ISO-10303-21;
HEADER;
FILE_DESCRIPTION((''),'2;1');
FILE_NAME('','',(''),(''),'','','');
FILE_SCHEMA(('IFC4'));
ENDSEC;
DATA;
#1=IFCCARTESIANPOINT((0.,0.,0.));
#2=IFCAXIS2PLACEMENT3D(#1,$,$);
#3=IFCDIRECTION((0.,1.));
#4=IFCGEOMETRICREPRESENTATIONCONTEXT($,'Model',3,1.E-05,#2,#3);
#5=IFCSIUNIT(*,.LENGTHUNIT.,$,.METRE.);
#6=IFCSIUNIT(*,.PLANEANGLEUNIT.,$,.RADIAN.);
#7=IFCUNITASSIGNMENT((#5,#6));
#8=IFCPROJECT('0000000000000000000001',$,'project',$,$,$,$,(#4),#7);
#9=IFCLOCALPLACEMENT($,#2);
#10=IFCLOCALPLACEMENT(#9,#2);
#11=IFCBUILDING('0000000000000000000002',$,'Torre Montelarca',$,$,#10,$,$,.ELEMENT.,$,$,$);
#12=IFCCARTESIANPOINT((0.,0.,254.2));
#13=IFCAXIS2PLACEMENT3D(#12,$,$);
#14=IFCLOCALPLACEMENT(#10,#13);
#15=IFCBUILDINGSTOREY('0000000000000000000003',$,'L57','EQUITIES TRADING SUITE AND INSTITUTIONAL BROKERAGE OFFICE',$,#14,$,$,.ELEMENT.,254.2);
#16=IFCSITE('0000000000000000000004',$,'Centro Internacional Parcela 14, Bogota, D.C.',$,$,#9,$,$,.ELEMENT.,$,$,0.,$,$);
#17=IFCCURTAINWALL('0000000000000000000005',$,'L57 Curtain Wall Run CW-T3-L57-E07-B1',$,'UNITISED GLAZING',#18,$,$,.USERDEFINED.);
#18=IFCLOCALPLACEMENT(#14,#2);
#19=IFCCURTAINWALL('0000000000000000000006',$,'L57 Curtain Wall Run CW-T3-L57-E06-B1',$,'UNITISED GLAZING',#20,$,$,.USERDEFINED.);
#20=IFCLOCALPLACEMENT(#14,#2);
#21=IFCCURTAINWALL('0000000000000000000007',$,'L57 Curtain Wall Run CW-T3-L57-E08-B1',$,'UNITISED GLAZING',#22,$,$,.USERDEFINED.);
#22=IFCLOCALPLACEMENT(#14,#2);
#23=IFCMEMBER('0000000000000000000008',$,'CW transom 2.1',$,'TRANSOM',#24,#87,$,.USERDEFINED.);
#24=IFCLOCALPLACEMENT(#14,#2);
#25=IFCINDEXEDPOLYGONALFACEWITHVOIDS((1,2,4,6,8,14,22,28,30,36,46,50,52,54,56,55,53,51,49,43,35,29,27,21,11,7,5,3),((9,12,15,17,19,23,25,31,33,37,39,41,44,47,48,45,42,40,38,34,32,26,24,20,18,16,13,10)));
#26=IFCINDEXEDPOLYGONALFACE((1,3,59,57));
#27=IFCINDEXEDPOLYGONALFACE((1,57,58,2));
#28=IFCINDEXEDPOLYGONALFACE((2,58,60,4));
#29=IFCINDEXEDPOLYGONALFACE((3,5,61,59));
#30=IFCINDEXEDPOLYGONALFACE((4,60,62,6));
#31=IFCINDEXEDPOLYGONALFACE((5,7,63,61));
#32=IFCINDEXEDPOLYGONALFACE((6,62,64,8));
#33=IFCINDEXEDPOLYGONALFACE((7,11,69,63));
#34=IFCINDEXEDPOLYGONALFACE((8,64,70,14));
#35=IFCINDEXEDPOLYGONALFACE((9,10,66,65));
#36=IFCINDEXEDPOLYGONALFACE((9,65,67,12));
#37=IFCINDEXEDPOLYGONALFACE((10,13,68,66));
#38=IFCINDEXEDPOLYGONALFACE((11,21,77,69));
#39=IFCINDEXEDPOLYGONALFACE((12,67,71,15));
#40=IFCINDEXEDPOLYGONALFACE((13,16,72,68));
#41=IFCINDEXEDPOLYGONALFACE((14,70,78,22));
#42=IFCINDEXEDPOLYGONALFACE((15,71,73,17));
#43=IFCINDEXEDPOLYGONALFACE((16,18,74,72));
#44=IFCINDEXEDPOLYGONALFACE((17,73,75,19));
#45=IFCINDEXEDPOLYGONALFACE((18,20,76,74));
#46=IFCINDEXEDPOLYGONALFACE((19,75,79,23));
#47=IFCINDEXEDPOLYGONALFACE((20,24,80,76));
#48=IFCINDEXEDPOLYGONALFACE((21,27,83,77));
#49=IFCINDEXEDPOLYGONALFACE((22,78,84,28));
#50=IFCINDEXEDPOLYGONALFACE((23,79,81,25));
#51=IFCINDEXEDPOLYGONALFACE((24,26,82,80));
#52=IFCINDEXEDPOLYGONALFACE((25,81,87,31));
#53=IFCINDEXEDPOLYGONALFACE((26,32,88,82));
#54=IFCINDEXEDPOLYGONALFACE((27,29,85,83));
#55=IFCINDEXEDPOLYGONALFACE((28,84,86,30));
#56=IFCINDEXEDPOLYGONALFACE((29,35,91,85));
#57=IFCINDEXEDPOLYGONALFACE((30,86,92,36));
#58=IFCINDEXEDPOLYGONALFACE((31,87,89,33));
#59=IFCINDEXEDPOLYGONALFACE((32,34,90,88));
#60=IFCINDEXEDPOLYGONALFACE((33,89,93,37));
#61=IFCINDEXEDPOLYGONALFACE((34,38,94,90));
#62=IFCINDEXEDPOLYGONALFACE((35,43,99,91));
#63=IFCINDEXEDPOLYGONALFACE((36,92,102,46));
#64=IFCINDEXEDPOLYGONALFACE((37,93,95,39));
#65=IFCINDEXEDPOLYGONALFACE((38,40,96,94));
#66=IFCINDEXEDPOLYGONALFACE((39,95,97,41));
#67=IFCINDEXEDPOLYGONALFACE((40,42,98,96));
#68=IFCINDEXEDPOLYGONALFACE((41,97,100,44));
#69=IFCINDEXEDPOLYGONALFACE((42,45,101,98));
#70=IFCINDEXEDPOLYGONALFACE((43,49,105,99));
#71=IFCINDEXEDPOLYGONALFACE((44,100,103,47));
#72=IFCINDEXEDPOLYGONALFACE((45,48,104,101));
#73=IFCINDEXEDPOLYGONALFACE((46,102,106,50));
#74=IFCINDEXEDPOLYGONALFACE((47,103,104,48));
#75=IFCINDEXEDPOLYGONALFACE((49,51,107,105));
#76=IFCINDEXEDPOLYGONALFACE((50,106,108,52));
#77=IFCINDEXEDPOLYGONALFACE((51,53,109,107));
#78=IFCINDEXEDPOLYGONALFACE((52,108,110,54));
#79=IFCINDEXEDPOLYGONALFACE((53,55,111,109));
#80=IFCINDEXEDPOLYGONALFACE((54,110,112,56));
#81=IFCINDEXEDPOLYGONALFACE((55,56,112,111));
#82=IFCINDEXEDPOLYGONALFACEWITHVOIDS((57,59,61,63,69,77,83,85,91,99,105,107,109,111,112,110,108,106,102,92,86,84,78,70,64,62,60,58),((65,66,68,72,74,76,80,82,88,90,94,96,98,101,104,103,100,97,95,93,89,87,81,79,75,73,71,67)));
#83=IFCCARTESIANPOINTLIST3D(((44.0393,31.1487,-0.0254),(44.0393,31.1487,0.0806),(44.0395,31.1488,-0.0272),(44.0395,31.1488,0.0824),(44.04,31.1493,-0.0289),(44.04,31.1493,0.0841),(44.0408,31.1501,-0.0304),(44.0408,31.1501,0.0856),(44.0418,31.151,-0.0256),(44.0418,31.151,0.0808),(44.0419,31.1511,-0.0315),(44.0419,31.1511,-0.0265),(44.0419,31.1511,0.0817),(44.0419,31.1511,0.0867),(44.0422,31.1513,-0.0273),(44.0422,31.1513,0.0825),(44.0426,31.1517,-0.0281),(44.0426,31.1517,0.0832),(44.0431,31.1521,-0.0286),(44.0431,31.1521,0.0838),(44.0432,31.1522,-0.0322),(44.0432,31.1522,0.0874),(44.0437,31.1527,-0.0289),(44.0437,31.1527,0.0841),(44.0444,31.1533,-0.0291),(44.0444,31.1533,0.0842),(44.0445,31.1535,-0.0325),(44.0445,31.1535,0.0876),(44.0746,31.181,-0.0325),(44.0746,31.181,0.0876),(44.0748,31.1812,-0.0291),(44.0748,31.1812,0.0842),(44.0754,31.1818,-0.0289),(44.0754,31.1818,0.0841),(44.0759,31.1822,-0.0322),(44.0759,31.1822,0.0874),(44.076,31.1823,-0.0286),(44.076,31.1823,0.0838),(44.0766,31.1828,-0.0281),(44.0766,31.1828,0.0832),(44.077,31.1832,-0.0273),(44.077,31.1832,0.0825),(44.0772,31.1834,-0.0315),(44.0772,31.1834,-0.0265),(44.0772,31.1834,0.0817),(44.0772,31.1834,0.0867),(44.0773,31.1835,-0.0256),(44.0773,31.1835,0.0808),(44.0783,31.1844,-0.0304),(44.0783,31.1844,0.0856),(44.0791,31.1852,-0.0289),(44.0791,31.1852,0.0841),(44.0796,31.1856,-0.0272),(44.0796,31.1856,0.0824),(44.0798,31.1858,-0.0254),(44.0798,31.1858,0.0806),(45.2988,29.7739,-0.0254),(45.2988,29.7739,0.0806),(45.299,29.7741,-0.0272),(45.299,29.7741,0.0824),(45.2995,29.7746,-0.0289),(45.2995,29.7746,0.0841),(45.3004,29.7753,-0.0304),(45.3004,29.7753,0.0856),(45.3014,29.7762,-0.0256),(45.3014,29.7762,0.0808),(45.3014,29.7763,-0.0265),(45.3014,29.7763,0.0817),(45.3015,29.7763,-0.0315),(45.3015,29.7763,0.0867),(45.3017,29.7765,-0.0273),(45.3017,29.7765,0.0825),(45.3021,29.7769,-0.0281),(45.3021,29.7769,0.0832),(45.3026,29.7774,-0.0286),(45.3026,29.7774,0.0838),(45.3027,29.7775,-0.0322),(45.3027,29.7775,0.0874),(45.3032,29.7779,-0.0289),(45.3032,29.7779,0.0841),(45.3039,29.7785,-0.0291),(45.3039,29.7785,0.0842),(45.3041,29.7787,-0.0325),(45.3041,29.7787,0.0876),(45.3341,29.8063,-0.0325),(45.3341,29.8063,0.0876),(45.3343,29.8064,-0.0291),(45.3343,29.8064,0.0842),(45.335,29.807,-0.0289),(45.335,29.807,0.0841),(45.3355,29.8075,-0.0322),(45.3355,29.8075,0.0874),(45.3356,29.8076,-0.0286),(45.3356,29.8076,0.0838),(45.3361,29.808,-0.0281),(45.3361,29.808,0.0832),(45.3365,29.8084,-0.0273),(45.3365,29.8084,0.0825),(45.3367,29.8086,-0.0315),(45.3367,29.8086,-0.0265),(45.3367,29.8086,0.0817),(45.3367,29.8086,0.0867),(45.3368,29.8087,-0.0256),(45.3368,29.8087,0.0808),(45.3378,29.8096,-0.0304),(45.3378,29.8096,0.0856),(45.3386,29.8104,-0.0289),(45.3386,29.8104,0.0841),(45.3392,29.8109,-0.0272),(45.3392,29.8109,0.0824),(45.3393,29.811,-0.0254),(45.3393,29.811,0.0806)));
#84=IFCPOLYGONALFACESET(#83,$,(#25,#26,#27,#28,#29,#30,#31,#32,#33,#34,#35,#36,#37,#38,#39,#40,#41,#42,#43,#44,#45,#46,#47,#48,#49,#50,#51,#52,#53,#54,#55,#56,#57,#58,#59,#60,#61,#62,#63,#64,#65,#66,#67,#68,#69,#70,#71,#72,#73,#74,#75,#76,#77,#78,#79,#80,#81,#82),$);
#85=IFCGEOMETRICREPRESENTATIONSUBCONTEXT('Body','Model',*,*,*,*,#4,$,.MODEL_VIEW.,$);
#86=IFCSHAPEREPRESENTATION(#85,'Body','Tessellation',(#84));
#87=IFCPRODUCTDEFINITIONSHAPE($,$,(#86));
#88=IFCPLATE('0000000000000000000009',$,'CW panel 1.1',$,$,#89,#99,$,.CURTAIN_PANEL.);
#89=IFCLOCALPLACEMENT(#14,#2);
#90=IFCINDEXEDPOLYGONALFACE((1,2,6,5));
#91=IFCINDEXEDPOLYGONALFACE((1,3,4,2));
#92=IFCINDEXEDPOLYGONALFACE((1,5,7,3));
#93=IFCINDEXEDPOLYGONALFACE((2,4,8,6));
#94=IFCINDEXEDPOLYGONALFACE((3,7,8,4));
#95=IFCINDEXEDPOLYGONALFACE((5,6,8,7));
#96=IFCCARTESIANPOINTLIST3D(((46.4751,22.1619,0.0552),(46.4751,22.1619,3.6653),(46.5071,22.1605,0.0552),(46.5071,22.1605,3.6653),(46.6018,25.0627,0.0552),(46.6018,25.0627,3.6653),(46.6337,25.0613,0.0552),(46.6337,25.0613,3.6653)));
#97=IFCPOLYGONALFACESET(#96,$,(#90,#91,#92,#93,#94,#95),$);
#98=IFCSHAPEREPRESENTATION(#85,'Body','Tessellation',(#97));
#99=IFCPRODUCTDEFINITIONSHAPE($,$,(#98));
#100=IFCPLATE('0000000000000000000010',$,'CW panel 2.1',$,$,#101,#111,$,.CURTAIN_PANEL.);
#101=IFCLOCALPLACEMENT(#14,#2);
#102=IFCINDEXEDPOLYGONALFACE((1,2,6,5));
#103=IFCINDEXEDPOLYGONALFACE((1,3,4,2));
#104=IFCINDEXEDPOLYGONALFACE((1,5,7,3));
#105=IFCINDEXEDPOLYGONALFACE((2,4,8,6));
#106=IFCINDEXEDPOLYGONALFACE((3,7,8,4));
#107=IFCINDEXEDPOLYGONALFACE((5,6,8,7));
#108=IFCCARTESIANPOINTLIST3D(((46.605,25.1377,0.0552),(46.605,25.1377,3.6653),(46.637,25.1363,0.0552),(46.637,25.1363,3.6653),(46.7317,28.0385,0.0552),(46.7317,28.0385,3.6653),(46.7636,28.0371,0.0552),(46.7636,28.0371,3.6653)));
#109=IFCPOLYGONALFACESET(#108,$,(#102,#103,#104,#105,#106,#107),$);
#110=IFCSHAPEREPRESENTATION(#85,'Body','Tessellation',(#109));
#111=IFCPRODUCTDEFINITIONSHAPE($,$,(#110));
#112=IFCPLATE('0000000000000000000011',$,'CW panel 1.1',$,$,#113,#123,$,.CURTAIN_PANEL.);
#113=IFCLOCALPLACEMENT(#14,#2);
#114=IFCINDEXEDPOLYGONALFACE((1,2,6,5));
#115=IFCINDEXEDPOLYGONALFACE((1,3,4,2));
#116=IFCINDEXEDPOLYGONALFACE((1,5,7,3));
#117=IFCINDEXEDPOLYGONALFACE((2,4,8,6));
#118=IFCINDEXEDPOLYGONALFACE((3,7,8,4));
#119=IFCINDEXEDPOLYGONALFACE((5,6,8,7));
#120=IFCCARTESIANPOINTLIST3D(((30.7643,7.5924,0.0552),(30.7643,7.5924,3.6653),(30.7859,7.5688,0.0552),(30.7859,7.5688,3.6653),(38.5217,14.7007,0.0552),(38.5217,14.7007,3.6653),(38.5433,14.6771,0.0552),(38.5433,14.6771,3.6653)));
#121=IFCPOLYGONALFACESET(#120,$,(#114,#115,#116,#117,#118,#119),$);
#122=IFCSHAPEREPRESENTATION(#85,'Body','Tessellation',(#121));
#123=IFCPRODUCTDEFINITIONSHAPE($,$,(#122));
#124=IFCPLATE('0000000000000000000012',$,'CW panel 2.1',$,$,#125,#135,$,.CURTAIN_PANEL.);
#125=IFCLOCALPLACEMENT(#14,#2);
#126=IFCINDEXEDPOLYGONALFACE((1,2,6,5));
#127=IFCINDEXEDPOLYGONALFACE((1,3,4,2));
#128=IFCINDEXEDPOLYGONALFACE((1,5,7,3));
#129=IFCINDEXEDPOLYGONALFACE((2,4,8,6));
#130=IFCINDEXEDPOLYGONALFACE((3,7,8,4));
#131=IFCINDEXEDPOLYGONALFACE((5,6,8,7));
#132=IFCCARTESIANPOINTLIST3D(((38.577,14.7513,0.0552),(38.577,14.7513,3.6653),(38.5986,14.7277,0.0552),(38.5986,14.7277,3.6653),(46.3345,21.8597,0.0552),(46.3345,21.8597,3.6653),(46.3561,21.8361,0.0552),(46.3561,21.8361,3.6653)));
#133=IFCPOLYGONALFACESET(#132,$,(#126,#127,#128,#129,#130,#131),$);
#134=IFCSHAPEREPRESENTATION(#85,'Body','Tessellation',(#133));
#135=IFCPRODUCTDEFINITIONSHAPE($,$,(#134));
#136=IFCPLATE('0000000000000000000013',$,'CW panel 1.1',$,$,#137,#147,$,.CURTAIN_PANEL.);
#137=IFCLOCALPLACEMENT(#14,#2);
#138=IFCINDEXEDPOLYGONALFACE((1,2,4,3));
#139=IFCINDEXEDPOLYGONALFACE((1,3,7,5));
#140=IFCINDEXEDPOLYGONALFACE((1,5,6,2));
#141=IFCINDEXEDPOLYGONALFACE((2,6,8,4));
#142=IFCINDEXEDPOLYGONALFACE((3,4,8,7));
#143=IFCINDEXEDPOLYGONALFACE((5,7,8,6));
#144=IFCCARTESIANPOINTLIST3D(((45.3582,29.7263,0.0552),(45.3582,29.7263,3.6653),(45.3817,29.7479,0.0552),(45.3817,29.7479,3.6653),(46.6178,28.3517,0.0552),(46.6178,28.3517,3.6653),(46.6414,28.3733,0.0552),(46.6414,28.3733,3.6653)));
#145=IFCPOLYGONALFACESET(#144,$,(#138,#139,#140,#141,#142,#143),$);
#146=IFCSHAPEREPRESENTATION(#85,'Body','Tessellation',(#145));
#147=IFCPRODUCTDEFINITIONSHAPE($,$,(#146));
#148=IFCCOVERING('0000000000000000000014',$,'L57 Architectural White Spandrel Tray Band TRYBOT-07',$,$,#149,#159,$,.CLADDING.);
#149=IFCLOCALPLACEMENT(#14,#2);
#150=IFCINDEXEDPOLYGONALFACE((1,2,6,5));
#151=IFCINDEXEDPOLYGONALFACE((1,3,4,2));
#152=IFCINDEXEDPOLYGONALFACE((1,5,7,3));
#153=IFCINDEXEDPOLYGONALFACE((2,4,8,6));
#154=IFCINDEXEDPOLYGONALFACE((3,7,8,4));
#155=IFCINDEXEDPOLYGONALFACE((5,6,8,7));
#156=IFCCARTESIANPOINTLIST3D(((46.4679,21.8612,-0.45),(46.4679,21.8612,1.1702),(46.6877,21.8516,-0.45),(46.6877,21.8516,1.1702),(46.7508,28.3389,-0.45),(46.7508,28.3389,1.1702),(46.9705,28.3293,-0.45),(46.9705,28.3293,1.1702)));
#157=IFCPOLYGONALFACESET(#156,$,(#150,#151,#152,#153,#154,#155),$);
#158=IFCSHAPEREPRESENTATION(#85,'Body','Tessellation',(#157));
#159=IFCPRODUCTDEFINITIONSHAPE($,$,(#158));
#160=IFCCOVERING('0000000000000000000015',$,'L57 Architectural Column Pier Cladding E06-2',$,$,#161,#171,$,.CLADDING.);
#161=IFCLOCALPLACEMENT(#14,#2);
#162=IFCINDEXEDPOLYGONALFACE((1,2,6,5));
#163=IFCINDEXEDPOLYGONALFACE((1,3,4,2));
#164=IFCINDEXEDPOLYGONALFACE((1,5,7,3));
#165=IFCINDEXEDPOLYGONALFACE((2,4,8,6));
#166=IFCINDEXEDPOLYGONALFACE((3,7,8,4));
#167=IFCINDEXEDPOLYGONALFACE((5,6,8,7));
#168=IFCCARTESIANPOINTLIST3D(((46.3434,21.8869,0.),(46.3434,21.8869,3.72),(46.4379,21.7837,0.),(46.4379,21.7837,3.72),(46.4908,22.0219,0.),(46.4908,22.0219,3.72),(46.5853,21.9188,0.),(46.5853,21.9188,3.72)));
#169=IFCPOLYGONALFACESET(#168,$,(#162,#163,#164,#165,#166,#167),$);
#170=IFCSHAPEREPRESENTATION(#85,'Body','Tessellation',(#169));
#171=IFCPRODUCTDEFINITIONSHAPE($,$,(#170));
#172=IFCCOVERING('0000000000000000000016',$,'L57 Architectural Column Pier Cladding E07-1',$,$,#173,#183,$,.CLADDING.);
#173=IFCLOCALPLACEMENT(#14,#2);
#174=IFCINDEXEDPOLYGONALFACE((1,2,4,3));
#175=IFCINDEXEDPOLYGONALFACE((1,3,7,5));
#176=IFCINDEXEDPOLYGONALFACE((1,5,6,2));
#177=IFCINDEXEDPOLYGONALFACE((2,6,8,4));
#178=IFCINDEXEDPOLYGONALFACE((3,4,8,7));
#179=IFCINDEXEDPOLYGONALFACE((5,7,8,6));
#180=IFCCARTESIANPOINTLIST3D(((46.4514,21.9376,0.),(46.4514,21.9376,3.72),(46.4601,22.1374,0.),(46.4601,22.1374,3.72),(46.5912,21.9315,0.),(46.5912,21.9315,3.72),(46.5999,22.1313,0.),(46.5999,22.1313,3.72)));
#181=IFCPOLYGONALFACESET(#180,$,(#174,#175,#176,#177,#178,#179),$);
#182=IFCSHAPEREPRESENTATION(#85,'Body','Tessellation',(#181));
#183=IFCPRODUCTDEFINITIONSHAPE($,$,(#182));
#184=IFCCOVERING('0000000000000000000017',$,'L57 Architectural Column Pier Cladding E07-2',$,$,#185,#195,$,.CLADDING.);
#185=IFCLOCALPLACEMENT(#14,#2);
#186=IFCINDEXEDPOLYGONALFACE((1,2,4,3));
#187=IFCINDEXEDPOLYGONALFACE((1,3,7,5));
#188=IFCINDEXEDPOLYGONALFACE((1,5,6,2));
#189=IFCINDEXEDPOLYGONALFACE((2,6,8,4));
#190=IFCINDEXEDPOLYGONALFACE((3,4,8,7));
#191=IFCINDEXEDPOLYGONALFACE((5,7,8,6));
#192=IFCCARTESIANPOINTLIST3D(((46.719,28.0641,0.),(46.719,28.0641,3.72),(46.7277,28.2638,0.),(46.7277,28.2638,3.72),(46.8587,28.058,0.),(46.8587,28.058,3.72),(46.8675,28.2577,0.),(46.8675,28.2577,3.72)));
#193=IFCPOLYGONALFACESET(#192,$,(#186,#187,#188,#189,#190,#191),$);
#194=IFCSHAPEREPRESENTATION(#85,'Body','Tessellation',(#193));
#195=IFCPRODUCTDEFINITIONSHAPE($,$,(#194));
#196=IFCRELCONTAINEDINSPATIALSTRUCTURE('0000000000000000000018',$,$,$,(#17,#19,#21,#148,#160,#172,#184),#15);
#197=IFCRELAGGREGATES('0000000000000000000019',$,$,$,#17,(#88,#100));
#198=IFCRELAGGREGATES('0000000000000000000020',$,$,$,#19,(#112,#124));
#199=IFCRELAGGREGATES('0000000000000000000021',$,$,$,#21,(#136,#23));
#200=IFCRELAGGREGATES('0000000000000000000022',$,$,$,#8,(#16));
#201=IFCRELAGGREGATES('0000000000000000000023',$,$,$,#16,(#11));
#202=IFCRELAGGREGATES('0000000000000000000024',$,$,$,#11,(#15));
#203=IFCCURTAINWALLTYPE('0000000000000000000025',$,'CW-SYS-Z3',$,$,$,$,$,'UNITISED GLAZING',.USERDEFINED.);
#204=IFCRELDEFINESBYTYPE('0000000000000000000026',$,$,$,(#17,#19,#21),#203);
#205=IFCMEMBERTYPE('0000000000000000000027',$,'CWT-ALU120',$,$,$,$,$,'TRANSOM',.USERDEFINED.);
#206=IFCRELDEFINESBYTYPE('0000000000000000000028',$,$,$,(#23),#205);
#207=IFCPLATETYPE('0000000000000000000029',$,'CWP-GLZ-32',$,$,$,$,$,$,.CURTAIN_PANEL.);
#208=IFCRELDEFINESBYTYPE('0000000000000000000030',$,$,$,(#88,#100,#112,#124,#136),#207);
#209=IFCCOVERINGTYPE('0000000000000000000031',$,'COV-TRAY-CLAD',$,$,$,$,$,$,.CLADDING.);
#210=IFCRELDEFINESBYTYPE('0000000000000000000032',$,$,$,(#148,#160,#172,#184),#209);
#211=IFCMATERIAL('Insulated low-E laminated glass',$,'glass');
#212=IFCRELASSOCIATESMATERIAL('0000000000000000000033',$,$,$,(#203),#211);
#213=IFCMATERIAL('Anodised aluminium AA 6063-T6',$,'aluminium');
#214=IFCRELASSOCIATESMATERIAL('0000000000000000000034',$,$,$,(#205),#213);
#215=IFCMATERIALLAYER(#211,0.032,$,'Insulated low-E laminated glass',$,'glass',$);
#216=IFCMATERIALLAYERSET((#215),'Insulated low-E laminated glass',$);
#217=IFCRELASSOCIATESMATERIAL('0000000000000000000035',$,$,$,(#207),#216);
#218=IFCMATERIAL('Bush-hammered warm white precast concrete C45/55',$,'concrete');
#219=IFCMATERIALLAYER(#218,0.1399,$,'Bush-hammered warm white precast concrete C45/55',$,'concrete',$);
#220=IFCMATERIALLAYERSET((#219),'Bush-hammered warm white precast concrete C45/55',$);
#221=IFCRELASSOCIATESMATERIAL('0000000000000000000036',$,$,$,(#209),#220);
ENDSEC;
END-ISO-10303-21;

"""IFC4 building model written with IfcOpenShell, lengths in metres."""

from ifc_helpers import new_model, si_unit, direction, frame, origin, origin_2d, place, context, subcontext, project, spatial, rectangle, hollow_rectangle, extrude, source, transform, mapped, material, layer, layer_set, material_profile, profile_set, type_object, element, aggregate, save


model = new_model("IFC4")

# Units and contexts
model_context = context("Model", 3, precision=1e-05, world=origin(), true_north=direction((0.0, 1.0)))
body_context = subcontext(model_context, "Body", "Model", "MODEL_VIEW")
ifc_project = project(units=[si_unit("LENGTHUNIT", "METRE"), si_unit("PLANEANGLEUNIT", "RADIAN")], contexts=[model_context])

# Site, building, storey
site_placement = place(None, origin())
site = spatial("IfcSite", under=ifc_project, at=site_placement, Name="Centro Internacional Parcela 14, Bogota, D.C.", CompositionType="ELEMENT", RefElevation=0.0)
building_placement = place(site_placement, origin())
building = spatial("IfcBuilding", under=site, at=building_placement, Name="Torre Montelarca", CompositionType="ELEMENT")
storey_placement = place(building_placement, frame((0.0, 0.0, 254.2)))
storey = spatial("IfcBuildingStorey", under=building, at=storey_placement, Name="L57", Description="EQUITIES TRADING SUITE AND INSTITUTIONAL BROKERAGE OFFICE", CompositionType="ELEMENT", Elevation=254.2)

# Curtain walls
ifc_material_1 = material(Name="Insulated low-E laminated glass", Category="glass")
curtain_wall_type = type_object("IfcCurtainWallType", Name="CW-SYS-Z3", ElementType="UNITISED GLAZING", PredefinedType="USERDEFINED", material=ifc_material_1)
curtain_wall_1_placement = place(storey_placement, origin())
curtain_wall_1 = element("IfcCurtainWall", 1, at=curtain_wall_1_placement, inside=storey, type_object=curtain_wall_type, Name="L57 Curtain Wall Run CW-T3-L57-E07-B1", ObjectType="UNITISED GLAZING", PredefinedType="USERDEFINED")
ifc_material_2 = material(Name="Anodised aluminium AA 6063-T6", Category="aluminium")
ifc_material_profile_1 = material_profile(ifc_material_2, hollow_rectangle(XDim=0.0549, YDim=0.1201, WallThickness=0.0034, InnerFilletRadius=0.0034, OuterFilletRadius=0.0071, at=origin_2d()), Name="ALU55X120X3.5", Category="aluminium")
ifc_profile_set_1 = profile_set([ifc_material_profile_1], Name="Anodised aluminium AA 6063-T6")
member_type_1 = type_object("IfcMemberType", Name="CWT-ALU120", ElementType="TRANSOM", PredefinedType="USERDEFINED", material=ifc_profile_set_1)
curtain_wall_2_placement = place(storey_placement, origin())
curtain_wall_2 = element("IfcCurtainWall", 2, at=curtain_wall_2_placement, inside=storey, type_object=curtain_wall_type, Name="L57 Curtain Wall Run CW-T3-L57-E06-B1", ObjectType="UNITISED GLAZING", PredefinedType="USERDEFINED")

# Curtain wall
curtain_wall_3_placement = place(storey_placement, origin())
curtain_wall_3 = element("IfcCurtainWall", 3, at=curtain_wall_3_placement, inside=storey, type_object=curtain_wall_type, Name="L57 Curtain Wall Run CW-T3-L57-E08-B1", ObjectType="UNITISED GLAZING", PredefinedType="USERDEFINED")

# Member
shared_shape_1 = source(origin(), body_context, "Body", "SweptSolid", [
    extrude(hollow_rectangle(XDim=0.0549, YDim=0.1201, WallThickness=0.0034, InnerFilletRadius=0.0034, OuterFilletRadius=0.0071, at=origin_2d()), origin(), (0.0, 0.0, 1.0), 1.8645),
])
member_1_placement = place(storey_placement, frame((45.3191, 29.7925, 0.0276), z_axis=(-0.675529, 0.737333, 0.0), x_axis=(-0.737333, -0.675529, 0.0)))
member_1 = element("IfcMember", 4, at=member_1_placement, type_object=member_type_1, Name="CW transom 2.1", ObjectType="TRANSOM", PredefinedType="USERDEFINED", context=body_context, shape_type="MappedRepresentation", body=[
    mapped(shared_shape_1, transform((0.0, 0.0, 0.0), scale=1.0)),
])

# Plates
ifc_layer_1 = layer(ifc_material_1, 0.032, Name="Insulated low-E laminated glass", Category="glass")
ifc_layer_set_1 = layer_set([ifc_layer_1], Name="Insulated low-E laminated glass")
plate_type = type_object("IfcPlateType", Name="CWP-GLZ-32", PredefinedType="CURTAIN_PANEL", material=ifc_layer_set_1)
shared_shape_2 = source(origin(), body_context, "Body", "SweptSolid", [
    extrude(rectangle(XDim=2.9036, YDim=0.032, at=origin_2d()), origin(), (0.0, 0.0, 1.0), 3.6101),
])
plate_1_placement = place(storey_placement, frame((46.5544, 23.6116, 0.0552), z_axis=(0.0, 0.0, 1.0), x_axis=(0.043616, 0.999048, 0.0)))
plate_1 = element("IfcPlate", 5, at=plate_1_placement, type_object=plate_type, Name="CW panel 1.1", PredefinedType="CURTAIN_PANEL", context=body_context, shape_type="MappedRepresentation", body=[
    mapped(shared_shape_2, transform((0.0, 0.0, 0.0), scale=1.0)),
])
plate_2_placement = place(storey_placement, frame((46.6843, 26.5874, 0.0552), z_axis=(0.0, 0.0, 1.0), x_axis=(0.043616, 0.999048, 0.0)))
plate_2 = element("IfcPlate", 6, at=plate_2_placement, type_object=plate_type, Name="CW panel 2.1", PredefinedType="CURTAIN_PANEL", context=body_context, shape_type="MappedRepresentation", body=[
    mapped(shared_shape_2, transform((0.0, 0.0, 0.0), scale=1.0)),
])
aggregate(curtain_wall_1, [plate_1, plate_2])
shared_shape_3 = source(origin(), body_context, "Body", "SweptSolid", [
    extrude(rectangle(XDim=10.5217, YDim=0.032, at=origin_2d()), origin(), (0.0, 0.0, 1.0), 3.6101),
])
plate_3_placement = place(storey_placement, frame((34.6538, 11.1348, 0.0552), z_axis=(0.0, 0.0, 1.0), x_axis=(0.73728, 0.675587, 0.0)))
plate_3 = element("IfcPlate", 7, at=plate_3_placement, type_object=plate_type, Name="CW panel 1.1", PredefinedType="CURTAIN_PANEL", context=body_context, shape_type="MappedRepresentation", body=[
    mapped(shared_shape_3, transform((0.0, 0.0, 0.0), scale=1.0)),
])
plate_4_placement = place(storey_placement, frame((42.4666, 18.2937, 0.0552), z_axis=(0.0, 0.0, 1.0), x_axis=(0.73728, 0.675587, 0.0)))
plate_4 = element("IfcPlate", 8, at=plate_4_placement, type_object=plate_type, Name="CW panel 2.1", PredefinedType="CURTAIN_PANEL", context=body_context, shape_type="MappedRepresentation", body=[
    mapped(shared_shape_3, transform((0.0, 0.0, 0.0), scale=1.0)),
])
aggregate(curtain_wall_2, [plate_3, plate_4])
shared_shape_4 = source(origin(), body_context, "Body", "SweptSolid", [
    extrude(rectangle(XDim=1.8645, YDim=0.032, at=origin_2d()), origin(), (0.0, 0.0, 1.0), 3.6101),
])
plate_5_placement = place(storey_placement, frame((45.9998, 29.0498, 0.0552), z_axis=(0.0, 0.0, 1.0), x_axis=(-0.67558, 0.737286, 0.0)))
plate_5 = element("IfcPlate", 9, at=plate_5_placement, type_object=plate_type, Name="CW panel 1.1", PredefinedType="CURTAIN_PANEL", context=body_context, shape_type="MappedRepresentation", body=[
    mapped(shared_shape_4, transform((0.0, 0.0, 0.0), scale=1.0)),
])
aggregate(curtain_wall_3, [plate_5, member_1])

# Coverings
ifc_material_3 = material(Name="Bush-hammered warm white precast concrete C45/55", Category="concrete")
ifc_layer_2 = layer(ifc_material_3, 0.1399, Name="Bush-hammered warm white precast concrete C45/55", Category="concrete")
ifc_layer_set_2 = layer_set([ifc_layer_2], Name="Bush-hammered warm white precast concrete C45/55")
covering_type = type_object("IfcCoveringType", Name="COV-TRAY-CLAD", PredefinedType="CLADDING", material=ifc_layer_set_2)
shared_shape_5 = source(origin(), body_context, "Body", "SweptSolid", [
    extrude(rectangle(XDim=6.4839, YDim=0.22, at=origin_2d()), origin(), (0.0, 0.0, 1.0), 1.6201),
])
covering_1_placement = place(storey_placement, frame((46.7192, 25.0952, -0.45), z_axis=(0.0, 0.0, 1.0), x_axis=(0.043621, 0.999048, 0.0)))
element("IfcCovering", 10, at=covering_1_placement, inside=storey, type_object=covering_type, Name="L57 Architectural White Spandrel Tray Band TRYBOT-07", PredefinedType="CLADDING", context=body_context, shape_type="MappedRepresentation", body=[
    mapped(shared_shape_5, transform((0.0, 0.0, 0.0), scale=1.0)),
])
shared_shape_6 = source(origin(), body_context, "Body", "SweptSolid", [
    extrude(rectangle(XDim=0.2, YDim=0.1399, at=origin_2d()), origin(), (0.0, 0.0, 1.0), 3.72),
])
for number, where, z_axis, x_axis, name in (
    (11, (46.4644, 21.9028, 0.0), (0.0, 0.0, 1.0), (0.737277, 0.67559, 0.0), "L57 Architectural Column Pier Cladding E06-2"),
    (12, (46.5256, 22.0344, 0.0), (0.0, 0.0, 1.0), (0.043628, 0.999048, 0.0), "L57 Architectural Column Pier Cladding E07-1"),
    (13, (46.7932, 28.1609, 0.0), (0.0, 0.0, 1.0), (0.043628, 0.999048, 0.0), "L57 Architectural Column Pier Cladding E07-2"),
):
    element("IfcCovering", number, at=place(storey_placement, frame(where, z_axis=z_axis, x_axis=x_axis)), inside=storey, type_object=covering_type, Name=name, PredefinedType="CLADDING", context=body_context, shape_type="MappedRepresentation", body=[
        mapped(shared_shape_6, transform((0.0, 0.0, 0.0), scale=1.0)),
    ])

save(model, "model.ifc")
